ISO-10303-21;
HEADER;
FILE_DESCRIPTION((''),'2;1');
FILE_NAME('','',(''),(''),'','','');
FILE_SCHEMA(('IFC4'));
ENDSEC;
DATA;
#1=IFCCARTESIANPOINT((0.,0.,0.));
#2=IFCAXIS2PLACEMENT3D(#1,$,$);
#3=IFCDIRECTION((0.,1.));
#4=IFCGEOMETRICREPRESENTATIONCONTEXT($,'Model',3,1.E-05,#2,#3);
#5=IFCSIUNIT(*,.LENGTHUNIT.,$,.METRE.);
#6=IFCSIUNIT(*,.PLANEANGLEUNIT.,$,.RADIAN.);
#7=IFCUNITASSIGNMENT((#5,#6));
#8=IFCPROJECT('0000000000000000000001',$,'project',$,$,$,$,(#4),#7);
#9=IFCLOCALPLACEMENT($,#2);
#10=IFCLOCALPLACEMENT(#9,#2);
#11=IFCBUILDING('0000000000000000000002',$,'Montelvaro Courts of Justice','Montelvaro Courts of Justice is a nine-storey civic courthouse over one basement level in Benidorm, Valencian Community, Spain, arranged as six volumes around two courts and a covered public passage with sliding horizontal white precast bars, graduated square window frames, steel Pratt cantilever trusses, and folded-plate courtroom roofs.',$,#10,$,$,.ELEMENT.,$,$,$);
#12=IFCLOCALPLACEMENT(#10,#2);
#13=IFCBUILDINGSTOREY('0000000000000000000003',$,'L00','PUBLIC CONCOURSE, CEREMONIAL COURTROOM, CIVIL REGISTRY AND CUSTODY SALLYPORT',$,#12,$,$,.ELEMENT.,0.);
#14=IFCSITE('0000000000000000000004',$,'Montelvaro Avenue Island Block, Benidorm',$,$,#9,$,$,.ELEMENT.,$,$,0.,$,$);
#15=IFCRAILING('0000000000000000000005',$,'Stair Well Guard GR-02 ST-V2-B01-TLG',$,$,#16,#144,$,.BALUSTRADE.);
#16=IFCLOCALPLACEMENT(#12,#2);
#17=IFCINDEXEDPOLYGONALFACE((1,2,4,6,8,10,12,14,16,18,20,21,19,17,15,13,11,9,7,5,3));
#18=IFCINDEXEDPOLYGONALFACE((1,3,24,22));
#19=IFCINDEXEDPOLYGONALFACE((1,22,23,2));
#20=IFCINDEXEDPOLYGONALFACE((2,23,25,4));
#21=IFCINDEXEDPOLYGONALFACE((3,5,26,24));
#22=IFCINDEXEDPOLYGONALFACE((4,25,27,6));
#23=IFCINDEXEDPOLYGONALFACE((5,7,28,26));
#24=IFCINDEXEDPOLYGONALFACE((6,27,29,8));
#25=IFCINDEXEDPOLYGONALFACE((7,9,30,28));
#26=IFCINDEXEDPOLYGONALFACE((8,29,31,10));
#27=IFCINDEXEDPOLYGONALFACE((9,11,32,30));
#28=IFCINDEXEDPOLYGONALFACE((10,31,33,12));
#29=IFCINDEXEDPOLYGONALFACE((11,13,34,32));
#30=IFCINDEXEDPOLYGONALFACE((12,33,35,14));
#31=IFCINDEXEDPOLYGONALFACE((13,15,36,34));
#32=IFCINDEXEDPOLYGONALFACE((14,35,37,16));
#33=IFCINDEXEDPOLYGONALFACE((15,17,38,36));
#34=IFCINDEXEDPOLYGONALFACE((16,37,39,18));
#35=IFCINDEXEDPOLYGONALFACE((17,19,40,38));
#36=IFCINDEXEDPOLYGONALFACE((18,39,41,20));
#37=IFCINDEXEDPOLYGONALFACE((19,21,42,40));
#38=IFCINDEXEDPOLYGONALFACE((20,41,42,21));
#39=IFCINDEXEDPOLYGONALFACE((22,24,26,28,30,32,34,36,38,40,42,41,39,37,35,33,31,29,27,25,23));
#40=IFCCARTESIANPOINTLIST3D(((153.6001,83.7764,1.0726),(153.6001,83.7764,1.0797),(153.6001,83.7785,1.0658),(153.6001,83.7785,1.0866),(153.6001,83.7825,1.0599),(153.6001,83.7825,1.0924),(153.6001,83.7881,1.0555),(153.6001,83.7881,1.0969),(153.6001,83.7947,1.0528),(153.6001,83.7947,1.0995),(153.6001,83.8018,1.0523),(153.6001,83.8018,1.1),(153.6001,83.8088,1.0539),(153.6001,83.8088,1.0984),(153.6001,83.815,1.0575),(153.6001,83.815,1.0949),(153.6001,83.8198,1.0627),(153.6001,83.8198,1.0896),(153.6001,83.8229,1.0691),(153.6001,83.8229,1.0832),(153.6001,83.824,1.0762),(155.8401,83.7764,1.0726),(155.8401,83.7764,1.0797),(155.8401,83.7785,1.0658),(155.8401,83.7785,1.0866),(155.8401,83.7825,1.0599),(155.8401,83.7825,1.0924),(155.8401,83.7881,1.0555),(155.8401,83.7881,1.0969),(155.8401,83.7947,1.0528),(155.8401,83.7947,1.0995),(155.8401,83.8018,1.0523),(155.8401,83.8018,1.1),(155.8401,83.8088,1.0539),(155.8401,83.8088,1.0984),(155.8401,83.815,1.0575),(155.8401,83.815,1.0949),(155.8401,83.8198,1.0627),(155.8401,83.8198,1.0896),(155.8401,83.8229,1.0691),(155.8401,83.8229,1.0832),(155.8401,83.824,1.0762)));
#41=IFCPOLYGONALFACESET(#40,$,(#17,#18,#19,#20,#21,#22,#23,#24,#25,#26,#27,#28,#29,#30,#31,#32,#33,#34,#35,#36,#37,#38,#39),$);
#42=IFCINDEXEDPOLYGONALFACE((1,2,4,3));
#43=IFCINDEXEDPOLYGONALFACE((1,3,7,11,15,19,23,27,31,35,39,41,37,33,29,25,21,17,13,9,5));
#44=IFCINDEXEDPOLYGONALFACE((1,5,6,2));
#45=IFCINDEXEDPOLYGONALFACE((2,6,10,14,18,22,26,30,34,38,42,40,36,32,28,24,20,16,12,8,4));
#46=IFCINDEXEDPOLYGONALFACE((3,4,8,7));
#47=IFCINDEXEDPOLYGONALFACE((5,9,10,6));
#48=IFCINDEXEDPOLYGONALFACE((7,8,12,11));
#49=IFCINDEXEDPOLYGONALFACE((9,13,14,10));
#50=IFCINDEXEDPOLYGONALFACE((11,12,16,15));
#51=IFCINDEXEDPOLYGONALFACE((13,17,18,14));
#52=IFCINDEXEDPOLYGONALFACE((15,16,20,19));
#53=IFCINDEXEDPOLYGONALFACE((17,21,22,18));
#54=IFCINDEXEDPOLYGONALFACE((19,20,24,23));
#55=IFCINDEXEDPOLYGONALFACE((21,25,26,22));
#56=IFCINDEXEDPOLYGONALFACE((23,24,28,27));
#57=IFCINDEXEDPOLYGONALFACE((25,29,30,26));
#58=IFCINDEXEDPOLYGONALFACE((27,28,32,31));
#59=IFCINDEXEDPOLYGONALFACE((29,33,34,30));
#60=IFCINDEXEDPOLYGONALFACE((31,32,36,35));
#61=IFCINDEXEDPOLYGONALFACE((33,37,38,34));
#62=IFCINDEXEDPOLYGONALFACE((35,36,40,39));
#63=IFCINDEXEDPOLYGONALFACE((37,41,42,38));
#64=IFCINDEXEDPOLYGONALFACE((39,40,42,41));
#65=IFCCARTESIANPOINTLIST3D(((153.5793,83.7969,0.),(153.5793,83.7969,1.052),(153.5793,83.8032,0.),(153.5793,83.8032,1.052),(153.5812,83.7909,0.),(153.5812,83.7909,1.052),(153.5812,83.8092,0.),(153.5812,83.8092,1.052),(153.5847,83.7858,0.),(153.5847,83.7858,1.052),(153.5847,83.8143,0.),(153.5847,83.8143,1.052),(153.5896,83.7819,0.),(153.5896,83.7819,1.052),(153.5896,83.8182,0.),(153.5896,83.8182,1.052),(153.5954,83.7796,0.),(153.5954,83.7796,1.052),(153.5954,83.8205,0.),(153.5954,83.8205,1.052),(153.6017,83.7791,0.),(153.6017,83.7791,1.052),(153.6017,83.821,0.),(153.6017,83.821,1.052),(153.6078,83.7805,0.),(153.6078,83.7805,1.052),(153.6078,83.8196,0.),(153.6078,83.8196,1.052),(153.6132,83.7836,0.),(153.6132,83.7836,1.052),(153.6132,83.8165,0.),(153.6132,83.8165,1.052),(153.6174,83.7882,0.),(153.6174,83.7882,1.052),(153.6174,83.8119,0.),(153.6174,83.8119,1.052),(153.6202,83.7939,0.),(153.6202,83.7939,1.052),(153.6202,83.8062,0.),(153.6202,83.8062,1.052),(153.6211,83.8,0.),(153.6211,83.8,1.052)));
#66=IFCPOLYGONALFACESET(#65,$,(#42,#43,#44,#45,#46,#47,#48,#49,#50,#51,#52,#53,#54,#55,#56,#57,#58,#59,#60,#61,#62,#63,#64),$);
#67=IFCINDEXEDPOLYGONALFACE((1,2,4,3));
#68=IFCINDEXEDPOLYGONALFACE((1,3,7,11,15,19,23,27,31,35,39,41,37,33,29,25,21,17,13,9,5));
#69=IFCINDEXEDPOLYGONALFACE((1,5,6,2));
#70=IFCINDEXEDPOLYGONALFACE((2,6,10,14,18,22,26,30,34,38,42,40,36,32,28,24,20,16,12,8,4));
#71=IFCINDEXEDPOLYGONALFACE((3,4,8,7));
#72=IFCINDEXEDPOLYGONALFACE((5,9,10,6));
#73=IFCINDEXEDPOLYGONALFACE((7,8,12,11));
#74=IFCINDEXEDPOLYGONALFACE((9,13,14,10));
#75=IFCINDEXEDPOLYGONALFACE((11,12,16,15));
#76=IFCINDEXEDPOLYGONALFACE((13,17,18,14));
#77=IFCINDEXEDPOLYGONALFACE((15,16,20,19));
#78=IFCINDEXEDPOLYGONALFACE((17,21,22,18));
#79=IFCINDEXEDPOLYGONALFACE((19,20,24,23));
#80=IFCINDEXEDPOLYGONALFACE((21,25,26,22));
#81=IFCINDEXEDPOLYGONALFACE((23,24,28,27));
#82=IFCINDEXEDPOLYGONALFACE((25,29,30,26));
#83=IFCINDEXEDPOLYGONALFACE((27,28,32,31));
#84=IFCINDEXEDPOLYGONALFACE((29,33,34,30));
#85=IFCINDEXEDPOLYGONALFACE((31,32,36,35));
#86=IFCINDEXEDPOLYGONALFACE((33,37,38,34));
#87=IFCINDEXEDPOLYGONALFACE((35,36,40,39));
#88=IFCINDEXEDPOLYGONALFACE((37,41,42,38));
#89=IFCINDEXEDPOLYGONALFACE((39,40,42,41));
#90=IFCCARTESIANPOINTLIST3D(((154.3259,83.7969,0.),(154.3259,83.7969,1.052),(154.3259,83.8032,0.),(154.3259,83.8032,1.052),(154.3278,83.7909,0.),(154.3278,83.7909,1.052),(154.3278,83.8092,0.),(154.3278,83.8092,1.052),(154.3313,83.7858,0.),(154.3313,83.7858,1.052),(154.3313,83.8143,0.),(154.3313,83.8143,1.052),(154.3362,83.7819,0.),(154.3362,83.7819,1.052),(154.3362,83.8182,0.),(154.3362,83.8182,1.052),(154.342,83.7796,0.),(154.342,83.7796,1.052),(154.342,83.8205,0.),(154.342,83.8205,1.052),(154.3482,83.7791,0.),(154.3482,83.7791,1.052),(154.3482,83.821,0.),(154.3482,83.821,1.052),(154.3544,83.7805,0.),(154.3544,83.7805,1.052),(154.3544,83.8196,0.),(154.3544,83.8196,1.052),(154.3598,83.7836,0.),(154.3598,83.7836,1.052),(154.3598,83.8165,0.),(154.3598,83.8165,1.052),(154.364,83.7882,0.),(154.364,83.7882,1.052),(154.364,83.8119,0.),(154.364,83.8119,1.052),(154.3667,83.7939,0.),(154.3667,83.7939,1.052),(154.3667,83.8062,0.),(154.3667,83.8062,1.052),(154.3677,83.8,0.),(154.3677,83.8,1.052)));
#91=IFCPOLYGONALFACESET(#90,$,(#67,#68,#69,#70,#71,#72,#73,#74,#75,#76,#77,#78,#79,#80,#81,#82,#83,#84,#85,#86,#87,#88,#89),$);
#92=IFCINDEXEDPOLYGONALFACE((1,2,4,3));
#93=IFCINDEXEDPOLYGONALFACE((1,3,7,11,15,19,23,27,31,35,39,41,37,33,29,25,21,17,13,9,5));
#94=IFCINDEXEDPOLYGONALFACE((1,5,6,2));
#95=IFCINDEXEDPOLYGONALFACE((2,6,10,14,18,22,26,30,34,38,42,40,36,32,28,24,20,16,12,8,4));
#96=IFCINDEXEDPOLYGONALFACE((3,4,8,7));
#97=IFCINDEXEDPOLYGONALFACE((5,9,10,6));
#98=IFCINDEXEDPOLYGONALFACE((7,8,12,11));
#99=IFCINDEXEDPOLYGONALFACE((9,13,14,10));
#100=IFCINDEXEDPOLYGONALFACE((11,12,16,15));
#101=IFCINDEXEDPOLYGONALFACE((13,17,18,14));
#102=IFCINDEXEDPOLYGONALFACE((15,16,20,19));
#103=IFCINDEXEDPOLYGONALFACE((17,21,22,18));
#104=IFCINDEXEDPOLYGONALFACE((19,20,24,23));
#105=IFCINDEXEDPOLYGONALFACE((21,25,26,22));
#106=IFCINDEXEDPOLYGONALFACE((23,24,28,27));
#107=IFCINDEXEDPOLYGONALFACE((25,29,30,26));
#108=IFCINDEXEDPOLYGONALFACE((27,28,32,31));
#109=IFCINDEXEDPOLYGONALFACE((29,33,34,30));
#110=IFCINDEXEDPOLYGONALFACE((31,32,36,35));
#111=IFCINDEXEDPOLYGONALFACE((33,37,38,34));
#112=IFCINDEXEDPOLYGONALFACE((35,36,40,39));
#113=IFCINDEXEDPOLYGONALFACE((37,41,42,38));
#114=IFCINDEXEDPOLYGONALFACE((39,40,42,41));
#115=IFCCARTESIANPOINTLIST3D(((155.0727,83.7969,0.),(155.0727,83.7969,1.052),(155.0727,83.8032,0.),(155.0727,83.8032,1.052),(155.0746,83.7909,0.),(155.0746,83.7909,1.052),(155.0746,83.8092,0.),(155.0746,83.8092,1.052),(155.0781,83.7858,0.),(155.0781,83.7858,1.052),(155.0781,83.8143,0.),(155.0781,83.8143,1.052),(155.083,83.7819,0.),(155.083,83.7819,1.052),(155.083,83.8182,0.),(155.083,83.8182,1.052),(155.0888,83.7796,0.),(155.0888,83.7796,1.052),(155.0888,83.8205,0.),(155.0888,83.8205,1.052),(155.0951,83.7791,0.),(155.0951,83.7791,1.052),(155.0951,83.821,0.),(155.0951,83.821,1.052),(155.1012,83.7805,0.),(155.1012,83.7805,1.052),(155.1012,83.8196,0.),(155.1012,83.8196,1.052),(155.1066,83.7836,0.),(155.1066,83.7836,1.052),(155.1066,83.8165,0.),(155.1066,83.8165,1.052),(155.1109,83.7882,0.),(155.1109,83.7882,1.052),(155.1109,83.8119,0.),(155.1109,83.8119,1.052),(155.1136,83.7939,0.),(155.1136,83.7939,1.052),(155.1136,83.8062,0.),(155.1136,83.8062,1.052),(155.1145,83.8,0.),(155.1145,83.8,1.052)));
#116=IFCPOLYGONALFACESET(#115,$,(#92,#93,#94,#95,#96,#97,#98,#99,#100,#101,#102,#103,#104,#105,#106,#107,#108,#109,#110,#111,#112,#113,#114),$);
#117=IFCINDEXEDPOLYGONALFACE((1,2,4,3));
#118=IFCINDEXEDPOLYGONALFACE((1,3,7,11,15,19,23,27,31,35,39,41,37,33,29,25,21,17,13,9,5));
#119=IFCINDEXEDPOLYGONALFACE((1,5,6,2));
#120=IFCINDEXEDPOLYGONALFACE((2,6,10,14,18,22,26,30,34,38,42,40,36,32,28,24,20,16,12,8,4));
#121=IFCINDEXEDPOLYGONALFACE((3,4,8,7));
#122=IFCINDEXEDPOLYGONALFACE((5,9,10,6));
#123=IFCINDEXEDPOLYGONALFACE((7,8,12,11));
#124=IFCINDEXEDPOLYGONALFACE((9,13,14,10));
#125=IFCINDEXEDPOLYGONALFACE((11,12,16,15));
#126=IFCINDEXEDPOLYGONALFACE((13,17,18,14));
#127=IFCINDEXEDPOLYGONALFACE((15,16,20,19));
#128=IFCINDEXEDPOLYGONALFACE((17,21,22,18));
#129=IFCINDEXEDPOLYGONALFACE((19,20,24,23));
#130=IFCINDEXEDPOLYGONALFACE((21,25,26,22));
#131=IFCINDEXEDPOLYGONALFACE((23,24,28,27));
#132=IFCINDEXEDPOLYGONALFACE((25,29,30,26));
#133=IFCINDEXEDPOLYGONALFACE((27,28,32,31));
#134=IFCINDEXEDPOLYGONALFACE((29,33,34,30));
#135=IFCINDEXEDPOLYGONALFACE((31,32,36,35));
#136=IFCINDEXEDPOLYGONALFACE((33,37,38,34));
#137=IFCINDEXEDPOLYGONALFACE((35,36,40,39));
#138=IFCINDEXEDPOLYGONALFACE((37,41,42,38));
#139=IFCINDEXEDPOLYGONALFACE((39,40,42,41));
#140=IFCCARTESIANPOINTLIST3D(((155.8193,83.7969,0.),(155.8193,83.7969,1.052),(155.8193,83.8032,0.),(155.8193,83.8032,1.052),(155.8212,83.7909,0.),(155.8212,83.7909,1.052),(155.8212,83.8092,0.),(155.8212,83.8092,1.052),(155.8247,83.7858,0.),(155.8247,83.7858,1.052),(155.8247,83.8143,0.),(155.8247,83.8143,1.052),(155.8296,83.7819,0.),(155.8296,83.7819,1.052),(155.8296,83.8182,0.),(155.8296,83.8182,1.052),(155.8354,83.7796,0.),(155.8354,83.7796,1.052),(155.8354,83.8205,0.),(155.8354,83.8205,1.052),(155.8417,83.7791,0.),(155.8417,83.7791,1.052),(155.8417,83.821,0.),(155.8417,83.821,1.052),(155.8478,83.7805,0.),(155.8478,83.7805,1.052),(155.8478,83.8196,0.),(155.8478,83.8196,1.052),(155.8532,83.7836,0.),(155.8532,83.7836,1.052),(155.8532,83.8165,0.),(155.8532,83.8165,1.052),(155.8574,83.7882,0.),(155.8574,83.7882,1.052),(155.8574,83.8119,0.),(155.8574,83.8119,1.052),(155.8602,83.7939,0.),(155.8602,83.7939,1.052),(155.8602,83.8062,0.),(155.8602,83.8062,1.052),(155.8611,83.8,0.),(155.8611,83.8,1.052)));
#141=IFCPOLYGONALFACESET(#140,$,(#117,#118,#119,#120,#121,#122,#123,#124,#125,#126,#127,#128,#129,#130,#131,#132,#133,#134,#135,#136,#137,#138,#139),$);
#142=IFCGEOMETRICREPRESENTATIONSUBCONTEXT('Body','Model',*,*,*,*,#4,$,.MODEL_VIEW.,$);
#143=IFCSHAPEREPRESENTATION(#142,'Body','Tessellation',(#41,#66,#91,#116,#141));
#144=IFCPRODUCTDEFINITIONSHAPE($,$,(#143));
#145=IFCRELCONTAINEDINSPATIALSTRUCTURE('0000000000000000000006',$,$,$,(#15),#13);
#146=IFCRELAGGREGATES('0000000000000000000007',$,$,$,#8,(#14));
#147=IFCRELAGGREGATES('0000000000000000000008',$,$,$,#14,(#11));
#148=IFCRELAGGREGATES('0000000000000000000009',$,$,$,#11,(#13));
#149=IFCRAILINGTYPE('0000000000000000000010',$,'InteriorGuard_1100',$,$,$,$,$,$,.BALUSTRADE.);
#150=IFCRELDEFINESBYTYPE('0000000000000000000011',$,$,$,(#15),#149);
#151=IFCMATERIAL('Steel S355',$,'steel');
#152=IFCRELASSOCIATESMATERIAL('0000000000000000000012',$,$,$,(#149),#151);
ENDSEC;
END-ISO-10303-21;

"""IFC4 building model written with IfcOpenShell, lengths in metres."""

from ifc_helpers import new_model, si_unit, direction, frame, origin, origin_2d, place, context, subcontext, project, spatial, circle, extrude, material, type_object, element, save


model = new_model("IFC4")

# Units and contexts
model_context = context("Model", 3, precision=1e-05, world=origin(), true_north=direction((0.0, 1.0)))
body_context = subcontext(model_context, "Body", "Model", "MODEL_VIEW")
ifc_project = project(units=[si_unit("LENGTHUNIT", "METRE"), si_unit("PLANEANGLEUNIT", "RADIAN")], contexts=[model_context])

# Site, building, storey
site_placement = place(None, origin())
site = spatial("IfcSite", under=ifc_project, at=site_placement, Name="Montelvaro Avenue Island Block, Benidorm", CompositionType="ELEMENT", RefElevation=0.0)
building_placement = place(site_placement, origin())
building = spatial("IfcBuilding", under=site, at=building_placement, Name="Montelvaro Courts of Justice", Description="Montelvaro Courts of Justice is a nine-storey civic courthouse over one basement level in Benidorm, Valencian Community, Spain, arranged as six volumes around two courts and a covered public passage with sliding horizontal white precast bars, graduated square window frames, steel Pratt cantilever trusses, and folded-plate courtroom roofs.", CompositionType="ELEMENT")
storey_placement = place(building_placement, origin())
storey = spatial("IfcBuildingStorey", under=building, at=storey_placement, Name="L00", Description="PUBLIC CONCOURSE, CEREMONIAL COURTROOM, CIVIL REGISTRY AND CUSTODY SALLYPORT", CompositionType="ELEMENT", Elevation=0.0)

# Shared definitions
ifc_material_1 = material(Name="Steel S355", Category="steel")

# Railing
railing_type_1 = type_object("IfcRailingType", Name="InteriorGuard_1100", PredefinedType="BALUSTRADE", material=ifc_material_1)
railing_1_placement = place(storey_placement, frame((153.6001, 83.8, 0.0)))
element("IfcRailing", 1, at=railing_1_placement, inside=storey, type_object=railing_type_1, Name="Stair Well Guard GR-02 ST-V2-B01-TLG", PredefinedType="BALUSTRADE", context=body_context, shape_type="SweptSolid", body=[
    extrude(circle(Radius=0.0239, at=origin_2d()), frame((0.0, 0.0, 1.0762), z_axis=(1.0, 0.0, 0.0), x_axis=(0.0, 1.0, 0.0)), (0.0, 0.0, 1.0), 2.24),
    extrude(circle(Radius=0.021, at=origin_2d()), origin(), (0.0, 0.0, 1.0), 1.052),
    extrude(circle(Radius=0.021, at=origin_2d()), frame((0.7466, 0.0, 0.0)), (0.0, 0.0, 1.0), 1.052),
    extrude(circle(Radius=0.021, at=origin_2d()), frame((1.4934, 0.0, 0.0)), (0.0, 0.0, 1.0), 1.052),
    extrude(circle(Radius=0.021, at=origin_2d()), frame((2.24, 0.0, 0.0)), (0.0, 0.0, 1.0), 1.052),
])

save(model, "model.ifc")
